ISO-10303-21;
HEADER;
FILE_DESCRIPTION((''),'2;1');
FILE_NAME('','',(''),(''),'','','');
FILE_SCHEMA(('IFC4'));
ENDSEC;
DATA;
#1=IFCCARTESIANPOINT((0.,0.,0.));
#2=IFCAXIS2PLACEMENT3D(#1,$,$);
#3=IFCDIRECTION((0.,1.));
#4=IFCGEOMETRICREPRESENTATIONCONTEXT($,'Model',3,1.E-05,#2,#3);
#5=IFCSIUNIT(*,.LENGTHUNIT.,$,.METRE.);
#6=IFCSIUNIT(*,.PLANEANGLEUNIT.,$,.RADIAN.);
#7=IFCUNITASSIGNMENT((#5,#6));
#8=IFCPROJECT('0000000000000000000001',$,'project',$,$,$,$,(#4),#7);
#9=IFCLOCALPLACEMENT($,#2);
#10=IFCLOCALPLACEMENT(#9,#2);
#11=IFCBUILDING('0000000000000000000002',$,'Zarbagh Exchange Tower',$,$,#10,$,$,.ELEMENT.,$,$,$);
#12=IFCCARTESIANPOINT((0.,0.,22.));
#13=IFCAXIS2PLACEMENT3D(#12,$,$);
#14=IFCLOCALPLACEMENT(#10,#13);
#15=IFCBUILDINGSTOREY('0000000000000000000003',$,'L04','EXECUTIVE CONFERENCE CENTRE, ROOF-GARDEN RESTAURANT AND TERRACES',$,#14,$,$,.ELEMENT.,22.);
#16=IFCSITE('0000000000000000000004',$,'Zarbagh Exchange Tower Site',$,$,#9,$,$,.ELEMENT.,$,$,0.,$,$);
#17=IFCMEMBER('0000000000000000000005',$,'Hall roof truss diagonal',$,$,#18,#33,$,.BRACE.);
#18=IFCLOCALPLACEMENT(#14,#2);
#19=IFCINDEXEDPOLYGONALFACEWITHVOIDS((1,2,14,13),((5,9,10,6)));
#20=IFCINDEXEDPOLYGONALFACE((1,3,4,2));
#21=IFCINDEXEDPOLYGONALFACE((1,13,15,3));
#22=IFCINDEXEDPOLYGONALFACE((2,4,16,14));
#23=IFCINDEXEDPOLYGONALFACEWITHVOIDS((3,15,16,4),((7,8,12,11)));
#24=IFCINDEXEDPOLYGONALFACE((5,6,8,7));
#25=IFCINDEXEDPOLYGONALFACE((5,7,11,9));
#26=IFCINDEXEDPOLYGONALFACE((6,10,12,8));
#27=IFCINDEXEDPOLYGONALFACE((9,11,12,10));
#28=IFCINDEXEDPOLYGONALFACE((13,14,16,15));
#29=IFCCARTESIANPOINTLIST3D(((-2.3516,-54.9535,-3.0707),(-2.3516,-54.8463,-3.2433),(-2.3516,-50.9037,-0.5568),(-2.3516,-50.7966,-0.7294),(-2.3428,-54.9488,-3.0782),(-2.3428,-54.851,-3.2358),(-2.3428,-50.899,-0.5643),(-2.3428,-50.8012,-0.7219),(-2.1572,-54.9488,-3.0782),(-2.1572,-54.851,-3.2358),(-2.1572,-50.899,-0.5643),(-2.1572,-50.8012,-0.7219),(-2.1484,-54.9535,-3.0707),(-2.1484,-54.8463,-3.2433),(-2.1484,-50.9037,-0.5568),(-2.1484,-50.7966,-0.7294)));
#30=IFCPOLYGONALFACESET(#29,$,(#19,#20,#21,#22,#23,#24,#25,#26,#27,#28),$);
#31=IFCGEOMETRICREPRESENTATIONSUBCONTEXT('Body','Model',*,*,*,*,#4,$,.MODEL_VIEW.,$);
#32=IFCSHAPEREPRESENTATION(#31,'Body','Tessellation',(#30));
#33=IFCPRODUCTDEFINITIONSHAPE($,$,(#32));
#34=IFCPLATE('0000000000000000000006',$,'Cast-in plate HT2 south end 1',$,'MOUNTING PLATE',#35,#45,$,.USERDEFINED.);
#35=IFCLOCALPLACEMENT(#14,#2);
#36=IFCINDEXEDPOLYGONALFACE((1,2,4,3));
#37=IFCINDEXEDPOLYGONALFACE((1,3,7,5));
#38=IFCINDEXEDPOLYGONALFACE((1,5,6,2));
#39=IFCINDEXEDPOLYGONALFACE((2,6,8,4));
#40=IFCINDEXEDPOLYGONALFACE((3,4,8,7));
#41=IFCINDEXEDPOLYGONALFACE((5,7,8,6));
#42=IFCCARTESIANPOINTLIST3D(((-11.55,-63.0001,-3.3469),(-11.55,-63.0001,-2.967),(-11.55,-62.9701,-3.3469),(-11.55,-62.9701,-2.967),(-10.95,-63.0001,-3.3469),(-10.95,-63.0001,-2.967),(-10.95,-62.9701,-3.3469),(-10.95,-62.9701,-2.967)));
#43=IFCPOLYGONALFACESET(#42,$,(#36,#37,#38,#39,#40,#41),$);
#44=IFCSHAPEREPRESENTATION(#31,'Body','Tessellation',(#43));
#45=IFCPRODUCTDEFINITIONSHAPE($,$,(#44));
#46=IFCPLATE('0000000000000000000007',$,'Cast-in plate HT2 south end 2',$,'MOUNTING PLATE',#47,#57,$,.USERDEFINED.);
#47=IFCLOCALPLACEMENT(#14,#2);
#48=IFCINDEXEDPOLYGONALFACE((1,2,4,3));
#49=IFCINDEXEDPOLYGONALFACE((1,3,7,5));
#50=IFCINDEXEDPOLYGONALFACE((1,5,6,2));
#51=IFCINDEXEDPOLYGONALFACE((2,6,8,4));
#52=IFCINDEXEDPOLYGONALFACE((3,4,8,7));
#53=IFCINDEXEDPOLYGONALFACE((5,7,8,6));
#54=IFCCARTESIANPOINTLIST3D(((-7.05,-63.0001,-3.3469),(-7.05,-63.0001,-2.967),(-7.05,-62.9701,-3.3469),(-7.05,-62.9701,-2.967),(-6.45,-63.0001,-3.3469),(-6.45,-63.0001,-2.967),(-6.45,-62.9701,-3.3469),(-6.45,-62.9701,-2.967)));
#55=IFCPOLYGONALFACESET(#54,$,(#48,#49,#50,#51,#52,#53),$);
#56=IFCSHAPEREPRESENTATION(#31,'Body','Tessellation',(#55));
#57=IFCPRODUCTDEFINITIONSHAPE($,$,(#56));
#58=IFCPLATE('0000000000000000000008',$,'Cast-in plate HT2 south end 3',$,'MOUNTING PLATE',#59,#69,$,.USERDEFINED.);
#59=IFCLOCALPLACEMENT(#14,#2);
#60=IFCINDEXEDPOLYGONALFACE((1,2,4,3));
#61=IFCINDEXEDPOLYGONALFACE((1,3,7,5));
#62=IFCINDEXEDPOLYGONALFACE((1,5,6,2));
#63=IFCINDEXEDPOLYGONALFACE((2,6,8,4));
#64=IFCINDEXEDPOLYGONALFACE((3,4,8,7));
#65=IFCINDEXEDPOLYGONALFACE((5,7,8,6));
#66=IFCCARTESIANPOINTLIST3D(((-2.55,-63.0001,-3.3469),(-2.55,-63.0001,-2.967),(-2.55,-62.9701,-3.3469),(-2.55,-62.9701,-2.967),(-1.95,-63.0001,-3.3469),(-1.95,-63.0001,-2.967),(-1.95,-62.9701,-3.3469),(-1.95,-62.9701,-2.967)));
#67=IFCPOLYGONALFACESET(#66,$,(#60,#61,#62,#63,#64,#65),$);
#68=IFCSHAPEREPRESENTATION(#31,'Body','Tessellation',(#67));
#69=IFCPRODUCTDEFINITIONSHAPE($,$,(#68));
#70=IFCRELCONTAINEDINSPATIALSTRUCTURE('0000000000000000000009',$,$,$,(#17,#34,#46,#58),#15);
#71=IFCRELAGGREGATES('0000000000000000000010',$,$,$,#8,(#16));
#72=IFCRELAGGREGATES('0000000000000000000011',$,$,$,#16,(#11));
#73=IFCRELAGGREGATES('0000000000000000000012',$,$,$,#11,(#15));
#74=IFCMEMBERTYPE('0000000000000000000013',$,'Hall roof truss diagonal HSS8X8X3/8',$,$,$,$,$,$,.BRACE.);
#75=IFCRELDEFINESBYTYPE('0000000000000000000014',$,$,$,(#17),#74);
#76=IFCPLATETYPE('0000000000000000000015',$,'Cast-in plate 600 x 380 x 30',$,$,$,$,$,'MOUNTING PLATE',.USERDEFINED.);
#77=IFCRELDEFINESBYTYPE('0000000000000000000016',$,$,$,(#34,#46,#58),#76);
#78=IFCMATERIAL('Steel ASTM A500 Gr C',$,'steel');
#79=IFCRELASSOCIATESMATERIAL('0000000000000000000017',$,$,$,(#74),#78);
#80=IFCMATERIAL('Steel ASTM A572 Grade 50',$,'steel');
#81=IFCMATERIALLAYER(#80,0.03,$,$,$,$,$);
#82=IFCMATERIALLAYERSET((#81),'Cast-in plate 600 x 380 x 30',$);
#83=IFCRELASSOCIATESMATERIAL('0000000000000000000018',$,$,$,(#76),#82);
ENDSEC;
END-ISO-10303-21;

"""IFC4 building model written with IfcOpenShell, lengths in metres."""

from ifc_helpers import new_model, si_unit, direction, frame, origin, origin_2d, place, context, subcontext, project, spatial, rectangle, hollow_rectangle, extrude, material, layer, layer_set, material_profile, profile_set, type_object, element, save


model = new_model("IFC4")

# Units and contexts
model_context = context("Model", 3, precision=1e-05, world=origin(), true_north=direction((0.0, 1.0)))
body_context = subcontext(model_context, "Body", "Model", "MODEL_VIEW")
ifc_project = project(units=[si_unit("LENGTHUNIT", "METRE"), si_unit("PLANEANGLEUNIT", "RADIAN")], contexts=[model_context])

# Site, building, storey
site_placement = place(None, origin())
site = spatial("IfcSite", under=ifc_project, at=site_placement, Name="Zarbagh Exchange Tower Site", CompositionType="ELEMENT", RefElevation=0.0)
building_placement = place(site_placement, origin())
building = spatial("IfcBuilding", under=site, at=building_placement, Name="Zarbagh Exchange Tower", CompositionType="ELEMENT")
storey_placement = place(building_placement, frame((0.0, 0.0, 22.0)))
storey = spatial("IfcBuildingStorey", under=building, at=storey_placement, Name="L04", Description="EXECUTIVE CONFERENCE CENTRE, ROOF-GARDEN RESTAURANT AND TERRACES", CompositionType="ELEMENT", Elevation=22.0)

# Member
ifc_material_1 = material(Name="Steel ASTM A500 Gr C", Category="steel")
ifc_material_profile_1 = material_profile(ifc_material_1, hollow_rectangle(XDim=0.2031, YDim=0.2031, WallThickness=0.0088, at=origin_2d()), Name="HSS8X8X3/8")
ifc_profile_set_1 = profile_set([ifc_material_profile_1], Name="Steel ASTM A500 Gr C")
member_type_1 = type_object("IfcMemberType", Name="Hall roof truss diagonal HSS8X8X3/8", PredefinedType="BRACE", material=ifc_profile_set_1)
member_1_placement = place(storey_placement, frame((-2.25, -54.8999, -3.157), z_axis=(0.0, 0.849617, 0.5274), x_axis=(-1.0, 0.0, 0.0)))
element("IfcMember", 1, at=member_1_placement, inside=storey, type_object=member_type_1, Name="Hall roof truss diagonal", PredefinedType="BRACE", context=body_context, shape_type="SweptSolid", body=[
    extrude(hollow_rectangle(XDim=0.2031, YDim=0.2031, WallThickness=0.0088, at=origin_2d()), origin(), (0.0, 0.0, 1.0), 4.7666),
])

# Plates
ifc_material_2 = material(Name="Steel ASTM A572 Grade 50", Category="steel")
ifc_layer = layer(ifc_material_2, 0.03)
ifc_layer_set = layer_set([ifc_layer], Name="Cast-in plate 600 x 380 x 30")
plate_type = type_object("IfcPlateType", Name="Cast-in plate 600 x 380 x 30", ElementType="MOUNTING PLATE", PredefinedType="USERDEFINED", material=ifc_layer_set)
for number, where, z_axis, x_axis, name in (
    (2, (-11.25, -62.9851, -3.3469), (0.0, 0.0, 1.0), (1.0, 0.0, 0.0), "Cast-in plate HT2 south end 1"),
    (3, (-6.75, -62.9851, -3.3469), (0.0, 0.0, 1.0), (1.0, 0.0, 0.0), "Cast-in plate HT2 south end 2"),
    (4, (-2.25, -62.9851, -3.3469), (0.0, 0.0, 1.0), (1.0, 0.0, 0.0), "Cast-in plate HT2 south end 3"),
):
    element("IfcPlate", number, at=place(storey_placement, frame(where, z_axis=z_axis, x_axis=x_axis)), inside=storey, type_object=plate_type, Name=name, ObjectType="MOUNTING PLATE", PredefinedType="USERDEFINED", context=body_context, shape_type="SweptSolid", body=[
        extrude(rectangle(XDim=0.6001, YDim=0.03, at=origin_2d()), origin(), (0.0, 0.0, 1.0), 0.3799),
    ])

save(model, "model.ifc")
